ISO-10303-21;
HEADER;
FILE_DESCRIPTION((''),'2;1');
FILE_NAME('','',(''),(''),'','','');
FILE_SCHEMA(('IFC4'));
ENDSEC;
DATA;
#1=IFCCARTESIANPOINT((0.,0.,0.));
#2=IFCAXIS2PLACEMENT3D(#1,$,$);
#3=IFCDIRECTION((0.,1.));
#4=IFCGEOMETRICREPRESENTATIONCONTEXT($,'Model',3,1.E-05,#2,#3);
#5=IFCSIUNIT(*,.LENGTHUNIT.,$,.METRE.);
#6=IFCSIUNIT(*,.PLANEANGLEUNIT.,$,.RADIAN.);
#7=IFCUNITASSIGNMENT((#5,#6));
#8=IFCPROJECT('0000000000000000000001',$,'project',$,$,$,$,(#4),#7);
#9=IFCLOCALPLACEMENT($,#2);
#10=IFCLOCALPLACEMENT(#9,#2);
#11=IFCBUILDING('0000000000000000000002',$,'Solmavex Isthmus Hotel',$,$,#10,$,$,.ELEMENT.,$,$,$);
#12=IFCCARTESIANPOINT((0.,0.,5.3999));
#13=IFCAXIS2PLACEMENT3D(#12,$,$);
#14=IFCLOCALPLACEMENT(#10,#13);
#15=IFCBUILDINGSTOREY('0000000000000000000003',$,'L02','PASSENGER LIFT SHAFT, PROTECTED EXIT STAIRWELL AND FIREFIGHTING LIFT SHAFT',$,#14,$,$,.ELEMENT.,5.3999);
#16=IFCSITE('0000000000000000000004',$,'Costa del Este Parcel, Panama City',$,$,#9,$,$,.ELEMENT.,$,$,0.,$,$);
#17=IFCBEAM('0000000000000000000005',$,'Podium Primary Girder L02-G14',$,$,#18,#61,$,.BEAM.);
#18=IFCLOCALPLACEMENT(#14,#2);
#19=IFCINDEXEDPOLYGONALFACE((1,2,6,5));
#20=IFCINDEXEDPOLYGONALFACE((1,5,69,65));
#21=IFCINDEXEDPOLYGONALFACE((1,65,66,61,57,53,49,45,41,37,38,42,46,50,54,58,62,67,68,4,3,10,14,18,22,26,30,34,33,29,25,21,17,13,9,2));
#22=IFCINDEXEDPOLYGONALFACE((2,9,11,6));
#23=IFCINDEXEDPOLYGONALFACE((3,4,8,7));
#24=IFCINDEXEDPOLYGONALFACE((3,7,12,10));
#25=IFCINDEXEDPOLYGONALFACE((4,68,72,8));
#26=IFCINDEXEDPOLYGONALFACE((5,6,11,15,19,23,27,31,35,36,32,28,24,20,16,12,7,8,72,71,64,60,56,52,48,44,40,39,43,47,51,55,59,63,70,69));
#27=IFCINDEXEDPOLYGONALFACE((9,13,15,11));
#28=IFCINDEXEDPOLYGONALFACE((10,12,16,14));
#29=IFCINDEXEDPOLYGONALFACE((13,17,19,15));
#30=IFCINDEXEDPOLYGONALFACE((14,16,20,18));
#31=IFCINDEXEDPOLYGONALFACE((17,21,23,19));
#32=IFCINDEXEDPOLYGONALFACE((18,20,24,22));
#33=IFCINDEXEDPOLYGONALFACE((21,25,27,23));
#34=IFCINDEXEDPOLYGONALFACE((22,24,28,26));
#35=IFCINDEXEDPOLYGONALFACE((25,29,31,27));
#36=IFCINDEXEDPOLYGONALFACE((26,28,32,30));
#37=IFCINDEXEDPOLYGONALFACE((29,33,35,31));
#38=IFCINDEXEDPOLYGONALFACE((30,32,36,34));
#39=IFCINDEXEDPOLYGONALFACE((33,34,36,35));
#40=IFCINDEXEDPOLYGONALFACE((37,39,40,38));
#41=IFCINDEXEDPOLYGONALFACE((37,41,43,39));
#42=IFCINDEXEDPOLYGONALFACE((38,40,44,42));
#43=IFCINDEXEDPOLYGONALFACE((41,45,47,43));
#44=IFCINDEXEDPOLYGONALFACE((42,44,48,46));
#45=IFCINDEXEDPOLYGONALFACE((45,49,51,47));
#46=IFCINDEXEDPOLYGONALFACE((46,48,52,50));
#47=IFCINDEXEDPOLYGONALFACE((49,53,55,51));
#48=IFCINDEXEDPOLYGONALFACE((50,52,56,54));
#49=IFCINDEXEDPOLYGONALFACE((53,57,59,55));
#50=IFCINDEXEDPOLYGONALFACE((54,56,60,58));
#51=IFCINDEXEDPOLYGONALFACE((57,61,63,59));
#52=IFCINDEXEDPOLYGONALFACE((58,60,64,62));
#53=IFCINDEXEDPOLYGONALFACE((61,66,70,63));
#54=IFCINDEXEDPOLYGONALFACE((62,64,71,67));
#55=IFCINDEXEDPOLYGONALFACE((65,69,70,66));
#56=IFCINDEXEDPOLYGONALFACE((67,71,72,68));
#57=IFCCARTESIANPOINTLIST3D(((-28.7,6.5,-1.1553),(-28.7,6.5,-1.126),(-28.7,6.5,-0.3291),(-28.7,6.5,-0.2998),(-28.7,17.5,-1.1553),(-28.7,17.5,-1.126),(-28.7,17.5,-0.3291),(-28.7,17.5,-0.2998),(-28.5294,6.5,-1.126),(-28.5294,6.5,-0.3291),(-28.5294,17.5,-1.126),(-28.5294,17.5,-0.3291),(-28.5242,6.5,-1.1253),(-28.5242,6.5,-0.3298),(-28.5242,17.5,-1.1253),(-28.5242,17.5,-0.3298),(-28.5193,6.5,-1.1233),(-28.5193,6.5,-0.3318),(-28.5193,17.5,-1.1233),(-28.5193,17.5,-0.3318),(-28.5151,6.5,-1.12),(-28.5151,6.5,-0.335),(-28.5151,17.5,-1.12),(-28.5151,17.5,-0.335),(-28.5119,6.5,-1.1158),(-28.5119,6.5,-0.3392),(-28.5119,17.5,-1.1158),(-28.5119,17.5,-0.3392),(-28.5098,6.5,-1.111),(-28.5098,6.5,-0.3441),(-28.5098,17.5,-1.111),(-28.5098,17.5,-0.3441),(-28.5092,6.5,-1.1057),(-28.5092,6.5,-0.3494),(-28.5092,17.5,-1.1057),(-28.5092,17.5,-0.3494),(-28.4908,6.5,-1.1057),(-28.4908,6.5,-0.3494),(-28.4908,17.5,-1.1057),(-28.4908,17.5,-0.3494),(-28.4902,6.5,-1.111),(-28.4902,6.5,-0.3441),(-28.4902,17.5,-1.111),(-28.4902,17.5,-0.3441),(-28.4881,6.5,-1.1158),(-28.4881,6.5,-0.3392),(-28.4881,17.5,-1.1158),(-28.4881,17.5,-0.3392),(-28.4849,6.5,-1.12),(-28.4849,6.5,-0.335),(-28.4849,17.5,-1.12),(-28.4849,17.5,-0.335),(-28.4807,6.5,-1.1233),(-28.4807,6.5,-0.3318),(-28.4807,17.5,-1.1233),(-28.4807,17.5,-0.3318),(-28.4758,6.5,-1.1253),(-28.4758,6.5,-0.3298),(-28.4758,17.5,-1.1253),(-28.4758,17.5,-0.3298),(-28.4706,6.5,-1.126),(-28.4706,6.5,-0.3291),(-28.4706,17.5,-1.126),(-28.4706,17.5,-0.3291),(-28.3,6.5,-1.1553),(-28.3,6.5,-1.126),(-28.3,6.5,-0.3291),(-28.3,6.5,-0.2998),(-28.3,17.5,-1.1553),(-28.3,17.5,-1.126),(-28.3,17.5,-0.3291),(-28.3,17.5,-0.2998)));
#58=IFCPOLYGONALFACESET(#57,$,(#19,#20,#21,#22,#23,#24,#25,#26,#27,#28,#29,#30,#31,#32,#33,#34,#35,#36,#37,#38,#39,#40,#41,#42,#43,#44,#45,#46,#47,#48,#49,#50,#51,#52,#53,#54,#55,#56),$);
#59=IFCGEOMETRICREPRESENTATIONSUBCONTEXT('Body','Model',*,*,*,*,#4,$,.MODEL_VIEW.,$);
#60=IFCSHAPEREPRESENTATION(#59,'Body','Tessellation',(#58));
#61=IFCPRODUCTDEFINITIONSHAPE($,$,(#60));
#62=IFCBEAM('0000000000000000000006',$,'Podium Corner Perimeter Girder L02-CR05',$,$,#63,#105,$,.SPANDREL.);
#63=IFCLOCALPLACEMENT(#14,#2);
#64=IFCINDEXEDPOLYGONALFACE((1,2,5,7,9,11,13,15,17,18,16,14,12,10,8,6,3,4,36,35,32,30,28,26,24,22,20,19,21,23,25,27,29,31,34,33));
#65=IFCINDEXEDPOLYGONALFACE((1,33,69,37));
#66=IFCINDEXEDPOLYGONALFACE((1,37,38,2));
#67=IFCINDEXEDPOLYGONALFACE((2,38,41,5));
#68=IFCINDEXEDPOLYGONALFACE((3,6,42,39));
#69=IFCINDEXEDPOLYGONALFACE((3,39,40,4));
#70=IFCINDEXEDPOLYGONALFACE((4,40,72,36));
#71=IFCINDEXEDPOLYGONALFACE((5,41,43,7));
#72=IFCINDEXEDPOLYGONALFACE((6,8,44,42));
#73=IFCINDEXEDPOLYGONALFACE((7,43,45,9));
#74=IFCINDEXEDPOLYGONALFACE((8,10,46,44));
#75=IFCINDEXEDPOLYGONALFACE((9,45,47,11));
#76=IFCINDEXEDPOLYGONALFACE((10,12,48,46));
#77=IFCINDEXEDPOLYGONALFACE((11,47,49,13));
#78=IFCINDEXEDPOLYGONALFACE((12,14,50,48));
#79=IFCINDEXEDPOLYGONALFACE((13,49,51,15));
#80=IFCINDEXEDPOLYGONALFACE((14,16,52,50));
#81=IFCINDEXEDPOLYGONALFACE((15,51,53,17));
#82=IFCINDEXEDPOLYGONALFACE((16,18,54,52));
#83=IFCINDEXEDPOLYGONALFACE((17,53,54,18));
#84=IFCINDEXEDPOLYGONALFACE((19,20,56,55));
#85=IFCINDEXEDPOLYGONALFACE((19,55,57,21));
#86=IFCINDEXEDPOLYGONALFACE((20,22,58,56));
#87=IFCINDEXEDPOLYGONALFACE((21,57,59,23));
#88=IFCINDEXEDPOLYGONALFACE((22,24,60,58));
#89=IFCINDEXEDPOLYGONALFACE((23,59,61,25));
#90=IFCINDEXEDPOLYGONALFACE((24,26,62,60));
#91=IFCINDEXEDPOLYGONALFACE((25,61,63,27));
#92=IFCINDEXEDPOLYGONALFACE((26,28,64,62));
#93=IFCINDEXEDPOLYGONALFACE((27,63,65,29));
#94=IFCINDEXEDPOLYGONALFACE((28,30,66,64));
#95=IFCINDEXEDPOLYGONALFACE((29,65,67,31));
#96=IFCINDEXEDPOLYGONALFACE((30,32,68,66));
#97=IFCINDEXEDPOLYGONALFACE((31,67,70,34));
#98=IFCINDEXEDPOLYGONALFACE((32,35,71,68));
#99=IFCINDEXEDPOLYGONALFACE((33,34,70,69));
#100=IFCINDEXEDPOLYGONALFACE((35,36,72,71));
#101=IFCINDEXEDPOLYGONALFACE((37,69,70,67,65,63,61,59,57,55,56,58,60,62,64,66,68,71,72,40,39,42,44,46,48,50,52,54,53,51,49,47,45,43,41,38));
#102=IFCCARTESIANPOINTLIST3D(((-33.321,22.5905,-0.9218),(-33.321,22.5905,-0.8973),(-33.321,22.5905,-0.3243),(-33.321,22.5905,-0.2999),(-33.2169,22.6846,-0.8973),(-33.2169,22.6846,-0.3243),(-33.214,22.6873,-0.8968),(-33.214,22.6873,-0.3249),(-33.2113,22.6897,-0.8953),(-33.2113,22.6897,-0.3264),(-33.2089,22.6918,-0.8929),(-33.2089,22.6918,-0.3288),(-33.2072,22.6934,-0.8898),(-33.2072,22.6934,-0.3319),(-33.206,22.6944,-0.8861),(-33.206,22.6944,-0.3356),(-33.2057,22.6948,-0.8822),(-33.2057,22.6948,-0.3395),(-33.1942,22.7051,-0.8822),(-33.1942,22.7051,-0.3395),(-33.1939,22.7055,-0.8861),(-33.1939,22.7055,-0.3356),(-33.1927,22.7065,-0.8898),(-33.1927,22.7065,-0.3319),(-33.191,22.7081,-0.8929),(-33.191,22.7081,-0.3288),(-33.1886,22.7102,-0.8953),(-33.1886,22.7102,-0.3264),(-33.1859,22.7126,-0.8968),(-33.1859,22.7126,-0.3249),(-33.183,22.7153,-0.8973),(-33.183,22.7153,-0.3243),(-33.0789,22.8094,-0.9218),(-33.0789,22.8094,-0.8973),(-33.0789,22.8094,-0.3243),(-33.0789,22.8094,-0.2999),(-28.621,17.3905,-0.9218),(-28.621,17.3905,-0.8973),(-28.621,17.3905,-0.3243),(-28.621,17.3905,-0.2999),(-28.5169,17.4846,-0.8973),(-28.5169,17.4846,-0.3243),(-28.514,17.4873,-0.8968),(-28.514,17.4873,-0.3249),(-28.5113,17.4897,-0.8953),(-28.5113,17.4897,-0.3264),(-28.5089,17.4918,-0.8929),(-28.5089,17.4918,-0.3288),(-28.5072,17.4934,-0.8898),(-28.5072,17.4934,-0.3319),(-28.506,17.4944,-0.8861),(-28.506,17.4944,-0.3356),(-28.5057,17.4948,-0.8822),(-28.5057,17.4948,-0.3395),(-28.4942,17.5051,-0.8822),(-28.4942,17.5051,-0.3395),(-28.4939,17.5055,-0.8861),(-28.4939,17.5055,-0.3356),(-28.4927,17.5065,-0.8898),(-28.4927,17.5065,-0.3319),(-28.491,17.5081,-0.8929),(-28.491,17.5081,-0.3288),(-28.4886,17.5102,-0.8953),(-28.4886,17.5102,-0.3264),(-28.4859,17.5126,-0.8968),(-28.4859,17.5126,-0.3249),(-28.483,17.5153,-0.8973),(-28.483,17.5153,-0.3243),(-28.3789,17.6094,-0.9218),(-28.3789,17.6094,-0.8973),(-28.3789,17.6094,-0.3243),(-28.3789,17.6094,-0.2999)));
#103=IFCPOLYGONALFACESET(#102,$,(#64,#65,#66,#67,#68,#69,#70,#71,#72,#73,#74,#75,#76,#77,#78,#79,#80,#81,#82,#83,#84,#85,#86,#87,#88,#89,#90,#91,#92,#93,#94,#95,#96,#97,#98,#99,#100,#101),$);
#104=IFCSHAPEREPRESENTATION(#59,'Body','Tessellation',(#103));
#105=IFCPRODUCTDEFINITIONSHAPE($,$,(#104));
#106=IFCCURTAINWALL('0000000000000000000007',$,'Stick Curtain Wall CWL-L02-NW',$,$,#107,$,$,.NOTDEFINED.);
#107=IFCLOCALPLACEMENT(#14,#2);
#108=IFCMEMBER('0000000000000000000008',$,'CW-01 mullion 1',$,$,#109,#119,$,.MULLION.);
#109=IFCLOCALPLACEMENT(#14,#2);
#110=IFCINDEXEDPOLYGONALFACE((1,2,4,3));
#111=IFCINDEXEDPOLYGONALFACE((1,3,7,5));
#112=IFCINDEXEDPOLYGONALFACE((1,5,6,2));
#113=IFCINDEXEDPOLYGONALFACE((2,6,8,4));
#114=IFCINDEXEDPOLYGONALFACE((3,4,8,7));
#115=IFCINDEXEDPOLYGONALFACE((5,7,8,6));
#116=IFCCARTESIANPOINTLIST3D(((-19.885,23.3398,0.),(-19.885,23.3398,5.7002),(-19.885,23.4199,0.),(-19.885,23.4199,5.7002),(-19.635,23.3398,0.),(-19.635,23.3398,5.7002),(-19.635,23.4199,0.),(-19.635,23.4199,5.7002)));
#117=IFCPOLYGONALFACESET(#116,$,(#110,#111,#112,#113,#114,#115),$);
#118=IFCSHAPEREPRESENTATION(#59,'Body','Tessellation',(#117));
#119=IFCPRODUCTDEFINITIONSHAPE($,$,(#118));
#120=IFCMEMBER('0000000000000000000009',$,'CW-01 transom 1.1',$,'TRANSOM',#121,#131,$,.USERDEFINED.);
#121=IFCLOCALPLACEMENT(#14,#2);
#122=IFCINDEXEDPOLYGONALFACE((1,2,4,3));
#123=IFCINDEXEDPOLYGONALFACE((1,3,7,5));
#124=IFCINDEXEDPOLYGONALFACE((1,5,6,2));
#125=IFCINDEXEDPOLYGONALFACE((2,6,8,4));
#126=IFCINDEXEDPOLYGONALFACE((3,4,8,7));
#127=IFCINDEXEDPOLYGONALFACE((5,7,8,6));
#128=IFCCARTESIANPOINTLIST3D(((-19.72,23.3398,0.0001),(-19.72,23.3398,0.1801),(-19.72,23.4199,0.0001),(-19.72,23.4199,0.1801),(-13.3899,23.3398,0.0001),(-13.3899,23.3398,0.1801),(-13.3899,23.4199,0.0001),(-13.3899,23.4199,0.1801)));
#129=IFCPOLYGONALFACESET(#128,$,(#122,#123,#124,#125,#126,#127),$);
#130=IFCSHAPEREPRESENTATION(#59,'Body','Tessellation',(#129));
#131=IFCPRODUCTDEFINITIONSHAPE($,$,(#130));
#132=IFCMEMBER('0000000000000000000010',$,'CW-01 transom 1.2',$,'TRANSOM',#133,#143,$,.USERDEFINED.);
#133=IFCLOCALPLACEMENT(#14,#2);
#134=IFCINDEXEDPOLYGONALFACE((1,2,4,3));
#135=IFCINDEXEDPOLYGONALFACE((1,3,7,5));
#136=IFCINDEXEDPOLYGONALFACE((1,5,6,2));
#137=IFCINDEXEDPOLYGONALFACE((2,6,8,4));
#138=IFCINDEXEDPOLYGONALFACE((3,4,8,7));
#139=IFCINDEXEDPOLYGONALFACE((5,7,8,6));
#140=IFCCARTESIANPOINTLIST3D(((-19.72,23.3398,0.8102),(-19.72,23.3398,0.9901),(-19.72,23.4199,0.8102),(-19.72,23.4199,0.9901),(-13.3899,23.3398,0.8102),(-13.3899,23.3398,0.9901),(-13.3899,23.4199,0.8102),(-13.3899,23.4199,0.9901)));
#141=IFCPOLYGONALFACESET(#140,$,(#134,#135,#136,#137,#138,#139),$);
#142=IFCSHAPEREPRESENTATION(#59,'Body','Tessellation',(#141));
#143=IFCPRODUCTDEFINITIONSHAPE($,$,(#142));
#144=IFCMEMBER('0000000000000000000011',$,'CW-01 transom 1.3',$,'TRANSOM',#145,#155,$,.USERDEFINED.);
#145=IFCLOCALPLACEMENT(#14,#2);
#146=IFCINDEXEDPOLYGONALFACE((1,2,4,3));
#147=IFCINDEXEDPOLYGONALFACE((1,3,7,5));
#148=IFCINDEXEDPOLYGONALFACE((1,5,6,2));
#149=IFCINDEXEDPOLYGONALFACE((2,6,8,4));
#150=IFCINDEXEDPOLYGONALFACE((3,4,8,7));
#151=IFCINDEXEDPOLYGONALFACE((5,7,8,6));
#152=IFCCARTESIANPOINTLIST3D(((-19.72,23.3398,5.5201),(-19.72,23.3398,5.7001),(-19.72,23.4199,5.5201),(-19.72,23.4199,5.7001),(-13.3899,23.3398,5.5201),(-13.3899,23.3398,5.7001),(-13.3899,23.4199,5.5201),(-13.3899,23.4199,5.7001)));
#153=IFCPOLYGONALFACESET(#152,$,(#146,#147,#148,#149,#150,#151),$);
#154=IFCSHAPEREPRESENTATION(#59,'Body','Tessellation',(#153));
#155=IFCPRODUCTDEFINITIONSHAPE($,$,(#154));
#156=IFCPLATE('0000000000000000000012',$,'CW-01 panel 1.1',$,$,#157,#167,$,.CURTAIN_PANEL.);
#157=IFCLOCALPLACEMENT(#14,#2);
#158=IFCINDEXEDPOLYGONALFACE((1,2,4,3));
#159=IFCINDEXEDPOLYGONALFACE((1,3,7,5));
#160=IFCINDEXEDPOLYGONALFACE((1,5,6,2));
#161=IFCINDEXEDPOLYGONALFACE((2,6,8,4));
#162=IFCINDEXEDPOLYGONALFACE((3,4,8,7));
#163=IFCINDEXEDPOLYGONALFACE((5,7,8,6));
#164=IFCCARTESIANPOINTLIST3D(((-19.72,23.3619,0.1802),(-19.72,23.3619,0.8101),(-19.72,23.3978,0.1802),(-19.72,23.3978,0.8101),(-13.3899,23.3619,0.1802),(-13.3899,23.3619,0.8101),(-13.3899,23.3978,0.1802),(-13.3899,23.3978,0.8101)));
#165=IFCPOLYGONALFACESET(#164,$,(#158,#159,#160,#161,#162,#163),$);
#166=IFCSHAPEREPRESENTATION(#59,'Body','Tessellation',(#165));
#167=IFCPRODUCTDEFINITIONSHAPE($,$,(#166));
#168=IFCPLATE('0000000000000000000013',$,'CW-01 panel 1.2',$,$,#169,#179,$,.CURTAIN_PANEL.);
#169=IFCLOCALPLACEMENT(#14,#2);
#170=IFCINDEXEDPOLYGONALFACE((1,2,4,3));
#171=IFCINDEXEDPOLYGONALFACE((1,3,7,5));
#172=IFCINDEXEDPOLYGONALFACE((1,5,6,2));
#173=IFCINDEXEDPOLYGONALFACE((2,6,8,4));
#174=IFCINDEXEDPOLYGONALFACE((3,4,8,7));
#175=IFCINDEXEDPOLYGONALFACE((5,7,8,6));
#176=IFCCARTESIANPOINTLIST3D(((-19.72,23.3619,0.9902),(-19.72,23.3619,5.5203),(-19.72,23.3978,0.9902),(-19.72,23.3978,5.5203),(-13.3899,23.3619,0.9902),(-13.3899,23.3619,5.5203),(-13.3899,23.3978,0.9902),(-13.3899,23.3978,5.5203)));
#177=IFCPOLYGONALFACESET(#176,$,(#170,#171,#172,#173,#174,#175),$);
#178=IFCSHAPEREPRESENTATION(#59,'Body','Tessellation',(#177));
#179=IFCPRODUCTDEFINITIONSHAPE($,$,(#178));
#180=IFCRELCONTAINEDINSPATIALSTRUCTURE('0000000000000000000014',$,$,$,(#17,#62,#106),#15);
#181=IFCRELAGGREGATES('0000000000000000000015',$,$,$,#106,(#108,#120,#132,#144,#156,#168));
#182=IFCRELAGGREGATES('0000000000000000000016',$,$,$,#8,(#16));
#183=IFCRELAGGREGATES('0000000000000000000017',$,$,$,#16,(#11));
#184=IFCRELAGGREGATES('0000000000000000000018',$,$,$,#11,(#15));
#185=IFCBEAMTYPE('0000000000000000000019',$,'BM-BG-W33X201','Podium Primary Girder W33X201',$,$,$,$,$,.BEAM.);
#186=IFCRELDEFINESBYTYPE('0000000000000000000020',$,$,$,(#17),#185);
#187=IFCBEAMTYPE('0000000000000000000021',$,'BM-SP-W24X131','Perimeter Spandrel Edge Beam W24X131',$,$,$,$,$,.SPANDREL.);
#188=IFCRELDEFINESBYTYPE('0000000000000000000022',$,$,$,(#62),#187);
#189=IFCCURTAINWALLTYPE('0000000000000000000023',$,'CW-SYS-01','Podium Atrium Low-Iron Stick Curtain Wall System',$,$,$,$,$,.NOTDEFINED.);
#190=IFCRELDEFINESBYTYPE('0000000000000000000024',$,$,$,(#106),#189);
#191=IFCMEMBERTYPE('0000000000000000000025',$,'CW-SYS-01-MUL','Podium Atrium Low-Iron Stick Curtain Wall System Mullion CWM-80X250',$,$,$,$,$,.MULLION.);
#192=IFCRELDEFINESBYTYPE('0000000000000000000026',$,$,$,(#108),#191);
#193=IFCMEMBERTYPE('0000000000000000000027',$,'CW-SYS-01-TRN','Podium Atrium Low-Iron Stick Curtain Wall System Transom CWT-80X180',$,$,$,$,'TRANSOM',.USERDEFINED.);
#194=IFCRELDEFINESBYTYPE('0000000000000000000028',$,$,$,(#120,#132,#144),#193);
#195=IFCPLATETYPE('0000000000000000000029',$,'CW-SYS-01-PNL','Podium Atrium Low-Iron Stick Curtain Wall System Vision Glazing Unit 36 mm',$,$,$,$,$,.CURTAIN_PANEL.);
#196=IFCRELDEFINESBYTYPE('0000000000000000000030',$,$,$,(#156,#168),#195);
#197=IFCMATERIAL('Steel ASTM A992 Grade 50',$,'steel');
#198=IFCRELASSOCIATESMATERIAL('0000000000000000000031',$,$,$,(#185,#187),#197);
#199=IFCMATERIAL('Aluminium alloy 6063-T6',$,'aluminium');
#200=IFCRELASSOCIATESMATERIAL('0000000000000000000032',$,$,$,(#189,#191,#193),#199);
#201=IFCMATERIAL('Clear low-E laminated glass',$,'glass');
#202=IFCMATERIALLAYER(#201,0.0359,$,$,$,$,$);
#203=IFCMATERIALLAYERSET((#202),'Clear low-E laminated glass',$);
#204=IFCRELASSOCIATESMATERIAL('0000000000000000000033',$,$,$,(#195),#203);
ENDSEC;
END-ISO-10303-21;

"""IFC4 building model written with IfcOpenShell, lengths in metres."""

from ifc_helpers import new_model, si_unit, direction, frame, origin, origin_2d, place, context, subcontext, project, spatial, rectangle, i_section, extrude, material, layer, layer_set, material_profile, profile_set, type_object, element, aggregate, save


model = new_model("IFC4")

# Units and contexts
model_context = context("Model", 3, precision=1e-05, world=origin(), true_north=direction((0.0, 1.0)))
body_context = subcontext(model_context, "Body", "Model", "MODEL_VIEW")
ifc_project = project(units=[si_unit("LENGTHUNIT", "METRE"), si_unit("PLANEANGLEUNIT", "RADIAN")], contexts=[model_context])

# Site, building, storey
site_placement = place(None, origin())
site = spatial("IfcSite", under=ifc_project, at=site_placement, Name="Costa del Este Parcel, Panama City", CompositionType="ELEMENT", RefElevation=0.0)
building_placement = place(site_placement, origin())
building = spatial("IfcBuilding", under=site, at=building_placement, Name="Solmavex Isthmus Hotel", CompositionType="ELEMENT")
storey_placement = place(building_placement, frame((0.0, 0.0, 5.3999)))
storey = spatial("IfcBuildingStorey", under=building, at=storey_placement, Name="L02", Description="PASSENGER LIFT SHAFT, PROTECTED EXIT STAIRWELL AND FIREFIGHTING LIFT SHAFT", CompositionType="ELEMENT", Elevation=5.3999)

# Beams
ifc_material_1 = material(Name="Steel ASTM A992 Grade 50", Category="steel")
ifc_material_profile_1 = material_profile(ifc_material_1, i_section(OverallWidth=0.3999, OverallDepth=0.8555, WebThickness=0.0183, FlangeThickness=0.0293, FilletRadius=0.0203, at=origin_2d()), Name="W33X201")
ifc_profile_set_1 = profile_set([ifc_material_profile_1], Name="Steel ASTM A992 Grade 50")
beam_type_1 = type_object("IfcBeamType", Name="BM-BG-W33X201", Description="Podium Primary Girder W33X201", PredefinedType="BEAM", material=ifc_profile_set_1)
beam_1_placement = place(storey_placement, frame((-28.5, 6.5, -0.7275), z_axis=(0.0, 1.0, 0.0), x_axis=(-1.0, 0.0, 0.0)))
element("IfcBeam", 1, at=beam_1_placement, inside=storey, type_object=beam_type_1, Name="Podium Primary Girder L02-G14", PredefinedType="BEAM", context=body_context, shape_type="SweptSolid", body=[
    extrude(i_section(OverallWidth=0.3999, OverallDepth=0.8555, WebThickness=0.0183, FlangeThickness=0.0293, FilletRadius=0.0203, at=origin_2d()), origin(), (0.0, 0.0, 1.0), 11.0),
])
ifc_material_profile_2 = material_profile(ifc_material_1, i_section(OverallWidth=0.3264, OverallDepth=0.6218, WebThickness=0.0154, FlangeThickness=0.0244, FilletRadius=0.0151, at=origin_2d()), Name="W24X131")
ifc_profile_set_2 = profile_set([ifc_material_profile_2], Name="Steel ASTM A992 Grade 50")
beam_type_2 = type_object("IfcBeamType", Name="BM-SP-W24X131", Description="Perimeter Spandrel Edge Beam W24X131", PredefinedType="SPANDREL", material=ifc_profile_set_2)
beam_2_placement = place(storey_placement, frame((-33.2, 22.7, -0.6108), z_axis=(0.670539, -0.741874, 0.0), x_axis=(0.741874, 0.670539, 0.0)))
element("IfcBeam", 2, at=beam_2_placement, inside=storey, type_object=beam_type_2, Name="Podium Corner Perimeter Girder L02-CR05", PredefinedType="SPANDREL", context=body_context, shape_type="SweptSolid", body=[
    extrude(i_section(OverallWidth=0.3264, OverallDepth=0.6218, WebThickness=0.0154, FlangeThickness=0.0244, FilletRadius=0.0151, at=origin_2d()), origin(), (0.0, 0.0, 1.0), 7.0093),
])

# Curtain wall, members, plates
ifc_material_2 = material(Name="Aluminium alloy 6063-T6", Category="aluminium")
curtain_wall_type = type_object("IfcCurtainWallType", Name="CW-SYS-01", Description="Podium Atrium Low-Iron Stick Curtain Wall System", PredefinedType="NOTDEFINED", material=ifc_material_2)
curtain_wall_placement = place(storey_placement, origin())
curtain_wall = element("IfcCurtainWall", 3, at=curtain_wall_placement, inside=storey, type_object=curtain_wall_type, Name="Stick Curtain Wall CWL-L02-NW", PredefinedType="NOTDEFINED")
ifc_material_profile_3 = material_profile(ifc_material_2, rectangle(XDim=0.0801, YDim=0.25, at=origin_2d()), Name="CWM-80X250")
ifc_profile_set_3 = profile_set([ifc_material_profile_3], Name="Aluminium alloy 6063-T6")
member_type_1 = type_object("IfcMemberType", Name="CW-SYS-01-MUL", Description="Podium Atrium Low-Iron Stick Curtain Wall System Mullion CWM-80X250", PredefinedType="MULLION", material=ifc_profile_set_3)
member_1_placement = place(storey_placement, frame((-19.76, 23.3799, 0.0), z_axis=(0.0, 0.0, 1.0), x_axis=(0.0, 1.0, 0.0)))
member_1 = element("IfcMember", 4, at=member_1_placement, type_object=member_type_1, Name="CW-01 mullion 1", PredefinedType="MULLION", context=body_context, shape_type="SweptSolid", body=[
    extrude(rectangle(XDim=0.0801, YDim=0.25, at=origin_2d()), origin(), (0.0, 0.0, 1.0), 5.7002),
])
ifc_material_profile_4 = material_profile(ifc_material_2, rectangle(XDim=0.0801, YDim=0.1799, at=origin_2d()), Name="CWT-80X180")
ifc_profile_set_4 = profile_set([ifc_material_profile_4], Name="Aluminium alloy 6063-T6")
member_type_2 = type_object("IfcMemberType", Name="CW-SYS-01-TRN", Description="Podium Atrium Low-Iron Stick Curtain Wall System Transom CWT-80X180", ElementType="TRANSOM", PredefinedType="USERDEFINED", material=ifc_profile_set_4)
member_2_placement = place(storey_placement, frame((-19.72, 23.3799, 0.0901), z_axis=(1.0, 0.0, 0.0), x_axis=(0.0, 1.0, 0.0)))
member_2 = element("IfcMember", 5, at=member_2_placement, type_object=member_type_2, Name="CW-01 transom 1.1", ObjectType="TRANSOM", PredefinedType="USERDEFINED", context=body_context, shape_type="SweptSolid", body=[
    extrude(rectangle(XDim=0.0801, YDim=0.1799, at=origin_2d()), origin(), (0.0, 0.0, 1.0), 6.3301),
])
member_3_placement = place(storey_placement, frame((-19.72, 23.3799, 0.9001), z_axis=(1.0, 0.0, 0.0), x_axis=(0.0, 1.0, 0.0)))
member_3 = element("IfcMember", 6, at=member_3_placement, type_object=member_type_2, Name="CW-01 transom 1.2", ObjectType="TRANSOM", PredefinedType="USERDEFINED", context=body_context, shape_type="SweptSolid", body=[
    extrude(rectangle(XDim=0.0801, YDim=0.1799, at=origin_2d()), origin(), (0.0, 0.0, 1.0), 6.3301),
])
member_4_placement = place(storey_placement, frame((-19.72, 23.3799, 5.6101), z_axis=(1.0, 0.0, 0.0), x_axis=(0.0, 1.0, 0.0)))
member_4 = element("IfcMember", 7, at=member_4_placement, type_object=member_type_2, Name="CW-01 transom 1.3", ObjectType="TRANSOM", PredefinedType="USERDEFINED", context=body_context, shape_type="SweptSolid", body=[
    extrude(rectangle(XDim=0.0801, YDim=0.1799, at=origin_2d()), origin(), (0.0, 0.0, 1.0), 6.3301),
])
ifc_material_3 = material(Name="Clear low-E laminated glass", Category="glass")
ifc_layer_1 = layer(ifc_material_3, 0.0359)
ifc_layer_set_1 = layer_set([ifc_layer_1], Name="Clear low-E laminated glass")
plate_type = type_object("IfcPlateType", Name="CW-SYS-01-PNL", Description="Podium Atrium Low-Iron Stick Curtain Wall System Vision Glazing Unit 36 mm", PredefinedType="CURTAIN_PANEL", material=ifc_layer_set_1)
plate_1_placement = place(storey_placement, frame((-16.5549, 23.3799, 0.1802), z_axis=(0.0, 0.0, 1.0), x_axis=(1.0, 0.0, 0.0)))
plate_1 = element("IfcPlate", 8, at=plate_1_placement, type_object=plate_type, Name="CW-01 panel 1.1", PredefinedType="CURTAIN_PANEL", context=body_context, shape_type="SweptSolid", body=[
    extrude(rectangle(XDim=6.3301, YDim=0.0359, at=origin_2d()), origin(), (0.0, 0.0, 1.0), 0.6299),
])
plate_2_placement = place(storey_placement, frame((-16.5549, 23.3799, 0.9902), z_axis=(0.0, 0.0, 1.0), x_axis=(1.0, 0.0, 0.0)))
plate_2 = element("IfcPlate", 9, at=plate_2_placement, type_object=plate_type, Name="CW-01 panel 1.2", PredefinedType="CURTAIN_PANEL", context=body_context, shape_type="SweptSolid", body=[
    extrude(rectangle(XDim=6.3301, YDim=0.0359, at=origin_2d()), origin(), (0.0, 0.0, 1.0), 4.53),
])
aggregate(curtain_wall, [member_1, member_2, member_3, member_4, plate_1, plate_2])

save(model, "model.ifc")
